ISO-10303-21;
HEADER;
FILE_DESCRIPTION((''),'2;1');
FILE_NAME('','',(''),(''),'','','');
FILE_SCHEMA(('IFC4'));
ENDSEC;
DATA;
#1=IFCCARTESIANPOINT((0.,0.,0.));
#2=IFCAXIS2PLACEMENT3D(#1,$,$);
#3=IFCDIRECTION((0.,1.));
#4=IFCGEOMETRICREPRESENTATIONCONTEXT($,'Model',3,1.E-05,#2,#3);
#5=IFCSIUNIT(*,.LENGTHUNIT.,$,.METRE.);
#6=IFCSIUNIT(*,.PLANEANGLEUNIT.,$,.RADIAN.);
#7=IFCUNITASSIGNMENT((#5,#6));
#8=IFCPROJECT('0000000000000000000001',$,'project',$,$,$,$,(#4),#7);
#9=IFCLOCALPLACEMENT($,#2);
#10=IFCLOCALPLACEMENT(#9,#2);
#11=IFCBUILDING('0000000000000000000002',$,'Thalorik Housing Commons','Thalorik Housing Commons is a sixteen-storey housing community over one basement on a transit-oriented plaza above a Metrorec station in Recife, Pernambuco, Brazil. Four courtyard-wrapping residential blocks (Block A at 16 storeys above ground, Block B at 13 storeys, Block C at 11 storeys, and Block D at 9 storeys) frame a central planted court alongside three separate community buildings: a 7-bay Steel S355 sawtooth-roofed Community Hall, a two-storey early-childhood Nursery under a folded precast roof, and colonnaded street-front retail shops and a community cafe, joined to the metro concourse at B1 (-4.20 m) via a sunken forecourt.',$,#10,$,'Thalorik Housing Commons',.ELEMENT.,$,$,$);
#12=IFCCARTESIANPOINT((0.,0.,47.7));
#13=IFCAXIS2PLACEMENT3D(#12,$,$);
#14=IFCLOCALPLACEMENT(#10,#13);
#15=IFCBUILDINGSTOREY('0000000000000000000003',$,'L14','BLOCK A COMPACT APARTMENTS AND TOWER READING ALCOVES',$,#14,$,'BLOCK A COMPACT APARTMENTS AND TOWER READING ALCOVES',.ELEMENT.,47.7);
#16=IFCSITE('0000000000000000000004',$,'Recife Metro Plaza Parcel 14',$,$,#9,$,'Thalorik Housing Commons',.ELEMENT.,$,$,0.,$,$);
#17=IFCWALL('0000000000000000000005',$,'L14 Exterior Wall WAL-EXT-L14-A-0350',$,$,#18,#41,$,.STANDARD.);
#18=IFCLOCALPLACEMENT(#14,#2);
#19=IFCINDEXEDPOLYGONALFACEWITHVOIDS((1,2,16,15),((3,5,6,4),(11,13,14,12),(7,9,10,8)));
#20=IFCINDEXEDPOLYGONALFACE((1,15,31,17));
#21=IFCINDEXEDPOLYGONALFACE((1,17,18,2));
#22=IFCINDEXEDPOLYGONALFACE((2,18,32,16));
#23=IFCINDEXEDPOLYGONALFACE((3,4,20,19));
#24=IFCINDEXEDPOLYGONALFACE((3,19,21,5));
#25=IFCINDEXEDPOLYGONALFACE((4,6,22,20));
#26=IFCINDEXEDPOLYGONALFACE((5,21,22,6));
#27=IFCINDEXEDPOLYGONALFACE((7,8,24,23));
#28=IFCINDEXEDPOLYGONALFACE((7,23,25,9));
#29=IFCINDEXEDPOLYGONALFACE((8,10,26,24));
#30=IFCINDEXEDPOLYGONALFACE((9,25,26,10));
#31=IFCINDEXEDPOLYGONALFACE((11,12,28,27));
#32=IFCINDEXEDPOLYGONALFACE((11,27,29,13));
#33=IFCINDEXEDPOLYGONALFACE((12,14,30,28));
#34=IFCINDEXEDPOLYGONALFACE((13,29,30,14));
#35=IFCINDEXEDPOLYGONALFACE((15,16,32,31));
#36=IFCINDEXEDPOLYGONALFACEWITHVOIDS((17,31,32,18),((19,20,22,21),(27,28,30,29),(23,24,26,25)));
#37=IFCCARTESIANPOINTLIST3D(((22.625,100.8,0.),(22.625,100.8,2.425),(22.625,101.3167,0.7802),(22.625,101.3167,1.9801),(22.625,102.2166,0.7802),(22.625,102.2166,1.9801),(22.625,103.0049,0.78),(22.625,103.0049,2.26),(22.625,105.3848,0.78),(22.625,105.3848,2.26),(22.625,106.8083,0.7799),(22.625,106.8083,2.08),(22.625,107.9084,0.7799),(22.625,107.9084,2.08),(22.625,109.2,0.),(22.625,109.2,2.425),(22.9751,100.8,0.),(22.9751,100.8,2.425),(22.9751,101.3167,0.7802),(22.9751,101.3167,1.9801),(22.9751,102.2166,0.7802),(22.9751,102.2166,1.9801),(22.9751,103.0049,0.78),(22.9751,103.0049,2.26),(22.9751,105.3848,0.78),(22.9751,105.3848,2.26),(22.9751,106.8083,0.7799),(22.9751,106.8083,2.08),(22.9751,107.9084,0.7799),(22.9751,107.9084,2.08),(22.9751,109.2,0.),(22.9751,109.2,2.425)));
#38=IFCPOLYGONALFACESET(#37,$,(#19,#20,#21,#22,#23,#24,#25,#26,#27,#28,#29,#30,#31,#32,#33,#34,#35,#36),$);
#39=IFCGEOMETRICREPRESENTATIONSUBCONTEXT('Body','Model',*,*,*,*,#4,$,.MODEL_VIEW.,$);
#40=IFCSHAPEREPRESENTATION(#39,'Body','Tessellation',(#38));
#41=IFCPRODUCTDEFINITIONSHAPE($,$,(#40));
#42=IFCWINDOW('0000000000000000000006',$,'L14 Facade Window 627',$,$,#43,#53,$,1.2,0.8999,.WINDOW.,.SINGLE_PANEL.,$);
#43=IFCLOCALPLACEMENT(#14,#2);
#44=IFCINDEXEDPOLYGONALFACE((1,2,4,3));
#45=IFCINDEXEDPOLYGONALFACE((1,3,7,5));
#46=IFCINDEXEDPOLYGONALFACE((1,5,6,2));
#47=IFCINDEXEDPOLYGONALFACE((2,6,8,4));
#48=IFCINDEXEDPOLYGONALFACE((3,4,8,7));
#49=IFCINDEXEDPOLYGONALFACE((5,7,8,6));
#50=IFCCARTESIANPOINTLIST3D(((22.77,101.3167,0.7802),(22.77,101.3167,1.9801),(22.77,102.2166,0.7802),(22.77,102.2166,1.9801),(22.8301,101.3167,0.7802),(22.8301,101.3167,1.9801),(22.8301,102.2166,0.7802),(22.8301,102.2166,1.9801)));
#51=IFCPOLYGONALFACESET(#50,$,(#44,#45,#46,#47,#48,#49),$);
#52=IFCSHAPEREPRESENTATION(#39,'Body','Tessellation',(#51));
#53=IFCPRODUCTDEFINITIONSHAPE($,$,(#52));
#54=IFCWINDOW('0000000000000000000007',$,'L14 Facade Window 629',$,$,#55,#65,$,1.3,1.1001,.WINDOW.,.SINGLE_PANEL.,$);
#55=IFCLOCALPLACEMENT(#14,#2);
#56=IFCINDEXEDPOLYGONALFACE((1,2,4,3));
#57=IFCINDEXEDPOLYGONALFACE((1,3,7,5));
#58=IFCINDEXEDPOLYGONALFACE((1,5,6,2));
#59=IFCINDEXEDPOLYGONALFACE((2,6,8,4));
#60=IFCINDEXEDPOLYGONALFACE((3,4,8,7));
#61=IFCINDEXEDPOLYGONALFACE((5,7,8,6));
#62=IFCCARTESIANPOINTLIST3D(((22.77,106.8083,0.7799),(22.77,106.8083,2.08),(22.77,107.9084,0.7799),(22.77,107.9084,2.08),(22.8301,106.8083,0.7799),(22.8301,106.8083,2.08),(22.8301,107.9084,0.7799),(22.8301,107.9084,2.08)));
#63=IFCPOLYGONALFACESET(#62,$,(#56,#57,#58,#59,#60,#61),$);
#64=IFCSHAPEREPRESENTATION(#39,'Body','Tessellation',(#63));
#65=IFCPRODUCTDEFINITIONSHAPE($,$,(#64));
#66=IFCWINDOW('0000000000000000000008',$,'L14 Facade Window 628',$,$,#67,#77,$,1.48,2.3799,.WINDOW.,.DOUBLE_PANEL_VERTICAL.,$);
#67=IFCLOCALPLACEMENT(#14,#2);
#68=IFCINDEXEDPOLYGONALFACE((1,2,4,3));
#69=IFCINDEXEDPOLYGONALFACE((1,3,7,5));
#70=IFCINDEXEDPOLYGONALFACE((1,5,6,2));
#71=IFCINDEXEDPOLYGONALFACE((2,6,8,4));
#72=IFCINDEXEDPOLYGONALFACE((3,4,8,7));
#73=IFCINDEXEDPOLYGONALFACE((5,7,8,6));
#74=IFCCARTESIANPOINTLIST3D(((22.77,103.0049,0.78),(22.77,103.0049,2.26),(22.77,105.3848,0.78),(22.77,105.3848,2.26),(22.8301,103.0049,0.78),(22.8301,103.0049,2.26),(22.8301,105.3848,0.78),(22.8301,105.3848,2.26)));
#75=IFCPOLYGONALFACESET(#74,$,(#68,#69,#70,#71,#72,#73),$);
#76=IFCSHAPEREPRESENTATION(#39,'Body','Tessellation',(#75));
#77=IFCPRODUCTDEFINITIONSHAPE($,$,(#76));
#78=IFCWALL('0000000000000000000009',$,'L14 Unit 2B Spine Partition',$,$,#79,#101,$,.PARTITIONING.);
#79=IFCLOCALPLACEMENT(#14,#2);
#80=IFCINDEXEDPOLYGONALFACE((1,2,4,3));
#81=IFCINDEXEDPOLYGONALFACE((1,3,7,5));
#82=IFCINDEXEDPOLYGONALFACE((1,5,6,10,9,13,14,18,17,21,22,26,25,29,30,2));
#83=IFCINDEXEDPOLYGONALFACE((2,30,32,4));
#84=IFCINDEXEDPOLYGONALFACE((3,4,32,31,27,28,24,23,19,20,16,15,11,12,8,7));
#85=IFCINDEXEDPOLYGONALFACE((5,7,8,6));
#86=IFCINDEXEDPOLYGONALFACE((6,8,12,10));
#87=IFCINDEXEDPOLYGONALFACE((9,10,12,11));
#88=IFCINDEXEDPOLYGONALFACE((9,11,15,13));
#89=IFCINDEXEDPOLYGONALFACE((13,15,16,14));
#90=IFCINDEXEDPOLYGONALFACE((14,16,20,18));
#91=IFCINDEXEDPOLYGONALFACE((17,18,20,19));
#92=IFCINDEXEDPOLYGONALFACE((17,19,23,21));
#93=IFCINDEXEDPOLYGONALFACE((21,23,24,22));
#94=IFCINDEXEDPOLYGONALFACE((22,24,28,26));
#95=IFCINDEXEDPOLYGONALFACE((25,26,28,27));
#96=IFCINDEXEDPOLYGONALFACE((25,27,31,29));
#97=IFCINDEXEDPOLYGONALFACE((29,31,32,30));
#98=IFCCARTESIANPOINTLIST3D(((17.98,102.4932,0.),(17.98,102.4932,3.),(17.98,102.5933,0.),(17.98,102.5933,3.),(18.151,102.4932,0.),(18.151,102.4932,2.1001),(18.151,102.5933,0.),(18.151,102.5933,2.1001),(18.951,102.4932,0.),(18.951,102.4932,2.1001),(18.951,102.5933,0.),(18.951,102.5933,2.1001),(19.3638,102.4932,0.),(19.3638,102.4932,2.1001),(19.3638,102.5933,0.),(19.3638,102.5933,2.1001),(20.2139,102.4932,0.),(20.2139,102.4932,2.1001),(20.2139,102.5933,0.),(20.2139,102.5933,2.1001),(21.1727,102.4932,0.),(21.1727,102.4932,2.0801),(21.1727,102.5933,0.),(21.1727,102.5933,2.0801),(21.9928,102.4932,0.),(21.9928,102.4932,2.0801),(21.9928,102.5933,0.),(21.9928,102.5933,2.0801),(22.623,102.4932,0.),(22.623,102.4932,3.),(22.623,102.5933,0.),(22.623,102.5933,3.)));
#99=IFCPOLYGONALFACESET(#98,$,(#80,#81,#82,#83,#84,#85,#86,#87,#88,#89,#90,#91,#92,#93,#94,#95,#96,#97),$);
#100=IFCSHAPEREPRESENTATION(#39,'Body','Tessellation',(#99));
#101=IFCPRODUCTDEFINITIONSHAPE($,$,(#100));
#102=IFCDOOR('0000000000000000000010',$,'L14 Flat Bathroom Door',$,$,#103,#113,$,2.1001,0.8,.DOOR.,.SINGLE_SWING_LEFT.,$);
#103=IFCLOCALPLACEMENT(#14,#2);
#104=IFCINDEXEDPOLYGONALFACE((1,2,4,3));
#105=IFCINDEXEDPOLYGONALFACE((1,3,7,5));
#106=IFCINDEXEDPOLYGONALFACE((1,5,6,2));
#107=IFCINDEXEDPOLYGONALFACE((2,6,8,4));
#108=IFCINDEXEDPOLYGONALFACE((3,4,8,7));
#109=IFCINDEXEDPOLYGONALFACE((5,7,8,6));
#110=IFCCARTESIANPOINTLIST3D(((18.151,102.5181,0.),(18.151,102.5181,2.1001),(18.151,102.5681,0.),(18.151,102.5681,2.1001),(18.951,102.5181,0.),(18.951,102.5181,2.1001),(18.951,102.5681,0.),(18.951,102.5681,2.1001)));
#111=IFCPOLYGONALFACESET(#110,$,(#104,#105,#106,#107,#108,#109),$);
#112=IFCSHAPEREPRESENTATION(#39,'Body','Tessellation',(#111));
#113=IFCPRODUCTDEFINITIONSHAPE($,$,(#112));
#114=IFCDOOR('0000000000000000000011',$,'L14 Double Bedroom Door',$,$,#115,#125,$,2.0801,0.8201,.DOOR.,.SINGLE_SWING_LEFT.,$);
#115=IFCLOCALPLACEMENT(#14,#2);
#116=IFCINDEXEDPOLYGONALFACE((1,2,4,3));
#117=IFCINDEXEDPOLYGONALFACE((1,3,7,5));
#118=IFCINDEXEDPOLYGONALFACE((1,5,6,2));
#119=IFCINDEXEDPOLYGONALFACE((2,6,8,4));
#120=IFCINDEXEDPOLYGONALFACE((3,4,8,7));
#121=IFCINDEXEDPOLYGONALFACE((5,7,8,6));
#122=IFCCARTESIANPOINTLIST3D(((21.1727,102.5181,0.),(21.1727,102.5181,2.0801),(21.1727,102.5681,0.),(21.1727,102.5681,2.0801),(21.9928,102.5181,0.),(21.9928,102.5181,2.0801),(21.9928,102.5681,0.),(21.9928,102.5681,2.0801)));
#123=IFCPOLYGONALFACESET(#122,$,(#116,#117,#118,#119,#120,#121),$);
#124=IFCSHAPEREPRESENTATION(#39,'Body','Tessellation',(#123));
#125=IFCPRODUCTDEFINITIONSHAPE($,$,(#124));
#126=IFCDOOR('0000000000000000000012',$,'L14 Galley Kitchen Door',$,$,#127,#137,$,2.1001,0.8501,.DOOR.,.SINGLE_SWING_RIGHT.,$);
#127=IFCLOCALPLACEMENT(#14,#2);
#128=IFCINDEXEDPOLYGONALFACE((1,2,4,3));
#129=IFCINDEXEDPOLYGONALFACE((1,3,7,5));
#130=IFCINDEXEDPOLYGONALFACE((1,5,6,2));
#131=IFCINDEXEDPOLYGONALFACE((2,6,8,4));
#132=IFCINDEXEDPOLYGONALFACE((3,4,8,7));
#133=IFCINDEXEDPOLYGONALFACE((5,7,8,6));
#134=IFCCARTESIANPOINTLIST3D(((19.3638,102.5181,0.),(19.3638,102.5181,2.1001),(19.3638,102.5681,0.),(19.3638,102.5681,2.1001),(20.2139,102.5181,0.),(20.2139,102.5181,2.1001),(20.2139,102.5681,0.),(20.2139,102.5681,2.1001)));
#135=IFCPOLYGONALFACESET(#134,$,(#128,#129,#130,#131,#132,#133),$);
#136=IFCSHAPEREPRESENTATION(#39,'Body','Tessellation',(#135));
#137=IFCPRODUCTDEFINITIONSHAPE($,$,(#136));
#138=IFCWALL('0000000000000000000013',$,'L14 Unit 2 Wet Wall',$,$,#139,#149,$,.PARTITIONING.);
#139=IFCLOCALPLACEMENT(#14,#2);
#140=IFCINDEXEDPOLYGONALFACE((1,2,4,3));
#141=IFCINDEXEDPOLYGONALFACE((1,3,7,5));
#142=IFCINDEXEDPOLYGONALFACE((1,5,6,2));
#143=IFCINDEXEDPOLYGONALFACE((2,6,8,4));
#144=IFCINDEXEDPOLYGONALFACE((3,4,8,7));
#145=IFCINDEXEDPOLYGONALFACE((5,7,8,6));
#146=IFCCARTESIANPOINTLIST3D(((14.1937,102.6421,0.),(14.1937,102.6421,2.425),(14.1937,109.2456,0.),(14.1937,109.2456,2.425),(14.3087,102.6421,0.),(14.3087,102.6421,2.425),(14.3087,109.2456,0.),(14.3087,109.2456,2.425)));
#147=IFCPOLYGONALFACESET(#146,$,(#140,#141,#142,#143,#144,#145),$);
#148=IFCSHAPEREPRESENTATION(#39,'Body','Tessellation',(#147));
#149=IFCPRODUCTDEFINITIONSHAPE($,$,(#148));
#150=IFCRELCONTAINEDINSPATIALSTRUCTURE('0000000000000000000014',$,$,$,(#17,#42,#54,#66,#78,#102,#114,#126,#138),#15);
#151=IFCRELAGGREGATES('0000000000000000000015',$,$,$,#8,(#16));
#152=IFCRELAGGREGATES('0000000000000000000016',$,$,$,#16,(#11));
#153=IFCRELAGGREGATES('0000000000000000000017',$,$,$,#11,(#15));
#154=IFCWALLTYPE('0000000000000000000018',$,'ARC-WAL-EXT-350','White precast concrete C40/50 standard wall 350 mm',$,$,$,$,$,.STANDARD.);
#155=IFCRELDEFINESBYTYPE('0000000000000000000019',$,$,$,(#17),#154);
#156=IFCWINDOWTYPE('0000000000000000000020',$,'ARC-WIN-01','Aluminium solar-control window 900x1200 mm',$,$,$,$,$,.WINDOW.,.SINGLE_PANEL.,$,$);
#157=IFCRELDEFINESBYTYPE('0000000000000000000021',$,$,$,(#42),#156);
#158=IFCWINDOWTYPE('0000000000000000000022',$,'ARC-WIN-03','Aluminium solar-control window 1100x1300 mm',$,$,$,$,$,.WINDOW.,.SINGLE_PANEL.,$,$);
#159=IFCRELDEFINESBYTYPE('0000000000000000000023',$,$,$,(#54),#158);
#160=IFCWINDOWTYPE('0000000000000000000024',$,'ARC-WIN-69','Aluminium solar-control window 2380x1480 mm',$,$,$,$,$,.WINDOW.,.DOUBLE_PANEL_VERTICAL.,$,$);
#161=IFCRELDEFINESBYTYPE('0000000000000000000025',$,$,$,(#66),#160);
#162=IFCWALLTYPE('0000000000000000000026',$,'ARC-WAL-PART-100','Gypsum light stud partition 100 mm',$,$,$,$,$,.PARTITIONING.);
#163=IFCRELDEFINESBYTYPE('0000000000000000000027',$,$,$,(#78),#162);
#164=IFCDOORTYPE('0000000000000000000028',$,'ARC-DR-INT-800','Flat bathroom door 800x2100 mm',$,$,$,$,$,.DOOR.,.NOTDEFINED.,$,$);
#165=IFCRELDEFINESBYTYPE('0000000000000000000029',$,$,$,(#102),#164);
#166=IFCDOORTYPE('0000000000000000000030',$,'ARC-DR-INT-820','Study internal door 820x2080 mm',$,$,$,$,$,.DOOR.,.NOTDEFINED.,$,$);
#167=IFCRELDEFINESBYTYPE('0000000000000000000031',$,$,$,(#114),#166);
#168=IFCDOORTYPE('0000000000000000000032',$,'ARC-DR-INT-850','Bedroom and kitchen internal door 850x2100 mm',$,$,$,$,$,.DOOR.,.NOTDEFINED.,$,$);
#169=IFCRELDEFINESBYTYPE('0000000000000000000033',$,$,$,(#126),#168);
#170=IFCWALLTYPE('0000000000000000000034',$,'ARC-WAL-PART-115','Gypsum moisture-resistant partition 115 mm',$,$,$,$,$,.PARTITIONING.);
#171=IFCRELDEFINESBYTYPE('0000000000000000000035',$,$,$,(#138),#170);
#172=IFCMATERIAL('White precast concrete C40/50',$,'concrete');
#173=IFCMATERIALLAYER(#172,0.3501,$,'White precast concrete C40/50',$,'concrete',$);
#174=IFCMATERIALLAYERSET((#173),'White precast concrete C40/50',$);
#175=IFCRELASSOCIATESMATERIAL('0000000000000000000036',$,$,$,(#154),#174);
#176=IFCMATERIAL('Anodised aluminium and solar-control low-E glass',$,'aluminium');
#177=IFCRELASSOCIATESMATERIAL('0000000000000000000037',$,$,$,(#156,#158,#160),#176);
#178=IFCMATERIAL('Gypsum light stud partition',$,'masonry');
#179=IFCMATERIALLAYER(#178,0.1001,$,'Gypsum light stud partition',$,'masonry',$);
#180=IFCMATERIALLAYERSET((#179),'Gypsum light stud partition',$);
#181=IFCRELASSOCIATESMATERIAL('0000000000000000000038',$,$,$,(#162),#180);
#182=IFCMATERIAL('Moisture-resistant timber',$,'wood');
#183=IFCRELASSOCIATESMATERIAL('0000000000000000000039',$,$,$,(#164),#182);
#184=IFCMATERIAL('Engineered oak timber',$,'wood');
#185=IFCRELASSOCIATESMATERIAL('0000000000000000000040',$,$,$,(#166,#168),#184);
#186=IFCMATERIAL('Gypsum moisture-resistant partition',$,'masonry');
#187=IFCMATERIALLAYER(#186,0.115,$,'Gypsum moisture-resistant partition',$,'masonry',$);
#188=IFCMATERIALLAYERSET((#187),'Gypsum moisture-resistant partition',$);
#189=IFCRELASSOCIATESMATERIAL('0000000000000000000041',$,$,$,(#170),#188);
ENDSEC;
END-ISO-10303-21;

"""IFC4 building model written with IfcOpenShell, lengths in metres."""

from ifc_helpers import new_model, si_unit, direction, frame, frame_2d, origin, place, context, subcontext, project, spatial, rectangle, extrude, material, layer, layer_set, type_object, element, fill, save


model = new_model("IFC4")

# Units and contexts
model_context = context("Model", 3, precision=1e-05, world=origin(), true_north=direction((0.0, 1.0)))
body_context = subcontext(model_context, "Body", "Model", "MODEL_VIEW")
ifc_project = project(units=[si_unit("LENGTHUNIT", "METRE"), si_unit("PLANEANGLEUNIT", "RADIAN")], contexts=[model_context])

# Site, building, storey
site_placement = place(None, origin())
site = spatial("IfcSite", under=ifc_project, at=site_placement, Name="Recife Metro Plaza Parcel 14", LongName="Thalorik Housing Commons", CompositionType="ELEMENT", RefElevation=0.0)
building_placement = place(site_placement, origin())
building = spatial("IfcBuilding", under=site, at=building_placement, Name="Thalorik Housing Commons", Description="Thalorik Housing Commons is a sixteen-storey housing community over one basement on a transit-oriented plaza above a Metrorec station in Recife, Pernambuco, Brazil. Four courtyard-wrapping residential blocks (Block A at 16 storeys above ground, Block B at 13 storeys, Block C at 11 storeys, and Block D at 9 storeys) frame a central planted court alongside three separate community buildings: a 7-bay Steel S355 sawtooth-roofed Community Hall, a two-storey early-childhood Nursery under a folded precast roof, and colonnaded street-front retail shops and a community cafe, joined to the metro concourse at B1 (-4.20 m) via a sunken forecourt.", LongName="Thalorik Housing Commons", CompositionType="ELEMENT")
storey_placement = place(building_placement, frame((0.0, 0.0, 47.7)))
storey = spatial("IfcBuildingStorey", under=building, at=storey_placement, Name="L14", Description="BLOCK A COMPACT APARTMENTS AND TOWER READING ALCOVES", LongName="BLOCK A COMPACT APARTMENTS AND TOWER READING ALCOVES", CompositionType="ELEMENT", Elevation=47.7)

# Wall, openings, windows
ifc_material_1 = material(Name="White precast concrete C40/50", Category="concrete")
ifc_layer_1 = layer(ifc_material_1, 0.3501, Name="White precast concrete C40/50", Category="concrete")
ifc_layer_set_1 = layer_set([ifc_layer_1], Name="White precast concrete C40/50")
wall_type_1 = type_object("IfcWallType", Name="ARC-WAL-EXT-350", Description="White precast concrete C40/50 standard wall 350 mm", PredefinedType="STANDARD", material=ifc_layer_set_1)
ifc_material_2 = material(Name="Anodised aluminium and solar-control low-E glass", Category="aluminium")
wall_1_placement = place(storey_placement, frame((22.8, 100.8, 0.0), z_axis=(0.0, 0.0, 1.0), x_axis=(0.0, 1.0, 0.0)))
wall_1 = element("IfcWall", 1, at=wall_1_placement, inside=storey, type_object=wall_type_1, Name="L14 Exterior Wall WAL-EXT-L14-A-0350", PredefinedType="STANDARD", context=body_context, shape_type="SweptSolid", body=[
    extrude(rectangle(XDim=8.3999, YDim=0.3501, at=frame_2d((4.2, 0.0))), origin(), (0.0, 0.0, 1.0), 2.425),
])
opening_1_placement = place(wall_1_placement, frame((0.5166, 0.0, 0.78)))
opening_1 = element("IfcOpeningElement", 2, at=opening_1_placement, cuts=wall_1, PredefinedType="OPENING", context=body_context, shape_type="SweptSolid", body=[
    extrude(rectangle(XDim=0.8999, YDim=1.2, at=frame_2d((0.45, 0.6001))), frame((0.0, 0.1851, 0.0), z_axis=(0.0, -1.0, 0.0), x_axis=(1.0, 0.0, 0.0)), (0.0, 0.0, 1.0), 0.3701),
])
opening_2_placement = place(wall_1_placement, frame((2.2048, 0.0, 0.78)))
opening_2 = element("IfcOpeningElement", 3, at=opening_2_placement, cuts=wall_1, PredefinedType="OPENING", context=body_context, shape_type="SweptSolid", body=[
    extrude(rectangle(XDim=2.3799, YDim=1.48, at=frame_2d((1.1899, 0.74))), frame((0.0, 0.1851, 0.0), z_axis=(0.0, -1.0, 0.0), x_axis=(1.0, 0.0, 0.0)), (0.0, 0.0, 1.0), 0.3701),
])
opening_3_placement = place(wall_1_placement, frame((6.0083, 0.0, 0.78)))
opening_3 = element("IfcOpeningElement", 4, at=opening_3_placement, cuts=wall_1, PredefinedType="OPENING", context=body_context, shape_type="SweptSolid", body=[
    extrude(rectangle(XDim=1.1001, YDim=1.3, at=frame_2d((0.55, 0.6499))), frame((0.0, 0.1851, 0.0), z_axis=(0.0, -1.0, 0.0), x_axis=(1.0, 0.0, 0.0)), (0.0, 0.0, 1.0), 0.3701),
])
window_type_1 = type_object("IfcWindowType", Name="ARC-WIN-01", Description="Aluminium solar-control window 900x1200 mm", PartitioningType="SINGLE_PANEL", PredefinedType="WINDOW", material=ifc_material_2)
window_1_placement = place(opening_1_placement, origin())
window_1 = element("IfcWindow", 5, at=window_1_placement, inside=storey, type_object=window_type_1, Name="L14 Facade Window 627", OverallHeight=1.2, OverallWidth=0.8999, PartitioningType="SINGLE_PANEL", PredefinedType="WINDOW", context=body_context, shape_type="SweptSolid", body=[
    extrude(rectangle(XDim=0.8999, YDim=1.2, at=frame_2d((0.45, 0.6001))), frame((0.0, 0.03, 0.0), z_axis=(0.0, -1.0, 0.0), x_axis=(1.0, 0.0, 0.0)), (0.0, 0.0, 1.0), 0.0601),
])
fill(opening_1, window_1)
window_type_2 = type_object("IfcWindowType", Name="ARC-WIN-03", Description="Aluminium solar-control window 1100x1300 mm", PartitioningType="SINGLE_PANEL", PredefinedType="WINDOW", material=ifc_material_2)
window_2_placement = place(opening_3_placement, origin())
window_2 = element("IfcWindow", 6, at=window_2_placement, inside=storey, type_object=window_type_2, Name="L14 Facade Window 629", OverallHeight=1.3, OverallWidth=1.1001, PartitioningType="SINGLE_PANEL", PredefinedType="WINDOW", context=body_context, shape_type="SweptSolid", body=[
    extrude(rectangle(XDim=1.1001, YDim=1.3, at=frame_2d((0.55, 0.6499))), frame((0.0, 0.03, 0.0), z_axis=(0.0, -1.0, 0.0), x_axis=(1.0, 0.0, 0.0)), (0.0, 0.0, 1.0), 0.0601),
])
fill(opening_3, window_2)
window_type_3 = type_object("IfcWindowType", Name="ARC-WIN-69", Description="Aluminium solar-control window 2380x1480 mm", PartitioningType="DOUBLE_PANEL_VERTICAL", PredefinedType="WINDOW", material=ifc_material_2)
window_3_placement = place(opening_2_placement, origin())
window_3 = element("IfcWindow", 7, at=window_3_placement, inside=storey, type_object=window_type_3, Name="L14 Facade Window 628", OverallHeight=1.48, OverallWidth=2.3799, PartitioningType="DOUBLE_PANEL_VERTICAL", PredefinedType="WINDOW", context=body_context, shape_type="SweptSolid", body=[
    extrude(rectangle(XDim=2.3799, YDim=1.48, at=frame_2d((1.1899, 0.74))), frame((0.0, 0.03, 0.0), z_axis=(0.0, -1.0, 0.0), x_axis=(1.0, 0.0, 0.0)), (0.0, 0.0, 1.0), 0.0601),
])
fill(opening_2, window_3)

# Wall, openings, doors
ifc_material_3 = material(Name="Gypsum light stud partition", Category="masonry")
ifc_layer_2 = layer(ifc_material_3, 0.1001, Name="Gypsum light stud partition", Category="masonry")
ifc_layer_set_2 = layer_set([ifc_layer_2], Name="Gypsum light stud partition")
wall_type_2 = type_object("IfcWallType", Name="ARC-WAL-PART-100", Description="Gypsum light stud partition 100 mm", PredefinedType="PARTITIONING", material=ifc_layer_set_2)
wall_2_placement = place(storey_placement, frame((17.98, 102.5432, 0.0), z_axis=(0.0, 0.0, 1.0), x_axis=(1.0, 0.0, 0.0)))
wall_2 = element("IfcWall", 8, at=wall_2_placement, inside=storey, type_object=wall_type_2, Name="L14 Unit 2B Spine Partition", PredefinedType="PARTITIONING", context=body_context, shape_type="SweptSolid", body=[
    extrude(rectangle(XDim=4.6431, YDim=0.1001, at=frame_2d((2.3215, 0.0))), origin(), (0.0, 0.0, 1.0), 3.0),
])
opening_4_placement = place(wall_2_placement, frame((0.1711, 0.0, 0.0)))
opening_4 = element("IfcOpeningElement", 9, at=opening_4_placement, cuts=wall_2, PredefinedType="OPENING", context=body_context, shape_type="SweptSolid", body=[
    extrude(rectangle(XDim=0.8, YDim=2.1001, at=frame_2d((0.3999, 1.05))), frame((0.0, 0.0601, 0.0), z_axis=(0.0, -1.0, 0.0), x_axis=(1.0, 0.0, 0.0)), (0.0, 0.0, 1.0), 0.1201),
])
opening_5_placement = place(wall_2_placement, frame((1.3838, 0.0, 0.0)))
opening_5 = element("IfcOpeningElement", 10, at=opening_5_placement, cuts=wall_2, PredefinedType="OPENING", context=body_context, shape_type="SweptSolid", body=[
    extrude(rectangle(XDim=0.8501, YDim=2.1001, at=frame_2d((0.425, 1.05))), frame((0.0, 0.0601, 0.0), z_axis=(0.0, -1.0, 0.0), x_axis=(1.0, 0.0, 0.0)), (0.0, 0.0, 1.0), 0.1201),
])
opening_6_placement = place(wall_2_placement, frame((3.1926, 0.0, 0.0)))
opening_6 = element("IfcOpeningElement", 11, at=opening_6_placement, cuts=wall_2, PredefinedType="OPENING", context=body_context, shape_type="SweptSolid", body=[
    extrude(rectangle(XDim=0.8201, YDim=2.0801, at=frame_2d((0.4102, 1.04))), frame((0.0, 0.0601, 0.0), z_axis=(0.0, -1.0, 0.0), x_axis=(1.0, 0.0, 0.0)), (0.0, 0.0, 1.0), 0.1201),
])
ifc_material_4 = material(Name="Moisture-resistant timber", Category="wood")
door_type_1 = type_object("IfcDoorType", Name="ARC-DR-INT-800", Description="Flat bathroom door 800x2100 mm", OperationType="NOTDEFINED", PredefinedType="DOOR", material=ifc_material_4)
door_1_placement = place(opening_4_placement, origin())
door_1 = element("IfcDoor", 12, at=door_1_placement, inside=storey, type_object=door_type_1, Name="L14 Flat Bathroom Door", OperationType="SINGLE_SWING_LEFT", OverallHeight=2.1001, OverallWidth=0.8, PredefinedType="DOOR", context=body_context, shape_type="SweptSolid", body=[
    extrude(rectangle(XDim=0.8, YDim=2.1001, at=frame_2d((0.3999, 1.05))), frame((0.0, 0.0249, 0.0), z_axis=(0.0, -1.0, 0.0), x_axis=(1.0, 0.0, 0.0)), (0.0, 0.0, 1.0), 0.05),
])
fill(opening_4, door_1)
ifc_material_5 = material(Name="Engineered oak timber", Category="wood")
door_type_2 = type_object("IfcDoorType", Name="ARC-DR-INT-820", Description="Study internal door 820x2080 mm", OperationType="NOTDEFINED", PredefinedType="DOOR", material=ifc_material_5)
door_2_placement = place(opening_6_placement, origin())
door_2 = element("IfcDoor", 13, at=door_2_placement, inside=storey, type_object=door_type_2, Name="L14 Double Bedroom Door", OperationType="SINGLE_SWING_LEFT", OverallHeight=2.0801, OverallWidth=0.8201, PredefinedType="DOOR", context=body_context, shape_type="SweptSolid", body=[
    extrude(rectangle(XDim=0.8201, YDim=2.0801, at=frame_2d((0.4102, 1.04))), frame((0.0, 0.0249, 0.0), z_axis=(0.0, -1.0, 0.0), x_axis=(1.0, 0.0, 0.0)), (0.0, 0.0, 1.0), 0.05),
])
fill(opening_6, door_2)
door_type_3 = type_object("IfcDoorType", Name="ARC-DR-INT-850", Description="Bedroom and kitchen internal door 850x2100 mm", OperationType="NOTDEFINED", PredefinedType="DOOR", material=ifc_material_5)
door_3_placement = place(opening_5_placement, origin())
door_3 = element("IfcDoor", 14, at=door_3_placement, inside=storey, type_object=door_type_3, Name="L14 Galley Kitchen Door", OperationType="SINGLE_SWING_RIGHT", OverallHeight=2.1001, OverallWidth=0.8501, PredefinedType="DOOR", context=body_context, shape_type="SweptSolid", body=[
    extrude(rectangle(XDim=0.8501, YDim=2.1001, at=frame_2d((0.425, 1.05))), frame((0.0, 0.0249, 0.0), z_axis=(0.0, -1.0, 0.0), x_axis=(1.0, 0.0, 0.0)), (0.0, 0.0, 1.0), 0.05),
])
fill(opening_5, door_3)

# Wall
ifc_material_6 = material(Name="Gypsum moisture-resistant partition", Category="masonry")
ifc_layer_3 = layer(ifc_material_6, 0.115, Name="Gypsum moisture-resistant partition", Category="masonry")
ifc_layer_set_3 = layer_set([ifc_layer_3], Name="Gypsum moisture-resistant partition")
wall_type_3 = type_object("IfcWallType", Name="ARC-WAL-PART-115", Description="Gypsum moisture-resistant partition 115 mm", PredefinedType="PARTITIONING", material=ifc_layer_set_3)
wall_3_placement = place(storey_placement, frame((14.2512, 102.6421, 0.0), z_axis=(0.0, 0.0, 1.0), x_axis=(0.0, 1.0, 0.0)))
element("IfcWall", 15, at=wall_3_placement, inside=storey, type_object=wall_type_3, Name="L14 Unit 2 Wet Wall", PredefinedType="PARTITIONING", context=body_context, shape_type="SweptSolid", body=[
    extrude(rectangle(XDim=6.6035, YDim=0.115, at=frame_2d((3.3018, 0.0))), origin(), (0.0, 0.0, 1.0), 2.425),
])

save(model, "model.ifc")
